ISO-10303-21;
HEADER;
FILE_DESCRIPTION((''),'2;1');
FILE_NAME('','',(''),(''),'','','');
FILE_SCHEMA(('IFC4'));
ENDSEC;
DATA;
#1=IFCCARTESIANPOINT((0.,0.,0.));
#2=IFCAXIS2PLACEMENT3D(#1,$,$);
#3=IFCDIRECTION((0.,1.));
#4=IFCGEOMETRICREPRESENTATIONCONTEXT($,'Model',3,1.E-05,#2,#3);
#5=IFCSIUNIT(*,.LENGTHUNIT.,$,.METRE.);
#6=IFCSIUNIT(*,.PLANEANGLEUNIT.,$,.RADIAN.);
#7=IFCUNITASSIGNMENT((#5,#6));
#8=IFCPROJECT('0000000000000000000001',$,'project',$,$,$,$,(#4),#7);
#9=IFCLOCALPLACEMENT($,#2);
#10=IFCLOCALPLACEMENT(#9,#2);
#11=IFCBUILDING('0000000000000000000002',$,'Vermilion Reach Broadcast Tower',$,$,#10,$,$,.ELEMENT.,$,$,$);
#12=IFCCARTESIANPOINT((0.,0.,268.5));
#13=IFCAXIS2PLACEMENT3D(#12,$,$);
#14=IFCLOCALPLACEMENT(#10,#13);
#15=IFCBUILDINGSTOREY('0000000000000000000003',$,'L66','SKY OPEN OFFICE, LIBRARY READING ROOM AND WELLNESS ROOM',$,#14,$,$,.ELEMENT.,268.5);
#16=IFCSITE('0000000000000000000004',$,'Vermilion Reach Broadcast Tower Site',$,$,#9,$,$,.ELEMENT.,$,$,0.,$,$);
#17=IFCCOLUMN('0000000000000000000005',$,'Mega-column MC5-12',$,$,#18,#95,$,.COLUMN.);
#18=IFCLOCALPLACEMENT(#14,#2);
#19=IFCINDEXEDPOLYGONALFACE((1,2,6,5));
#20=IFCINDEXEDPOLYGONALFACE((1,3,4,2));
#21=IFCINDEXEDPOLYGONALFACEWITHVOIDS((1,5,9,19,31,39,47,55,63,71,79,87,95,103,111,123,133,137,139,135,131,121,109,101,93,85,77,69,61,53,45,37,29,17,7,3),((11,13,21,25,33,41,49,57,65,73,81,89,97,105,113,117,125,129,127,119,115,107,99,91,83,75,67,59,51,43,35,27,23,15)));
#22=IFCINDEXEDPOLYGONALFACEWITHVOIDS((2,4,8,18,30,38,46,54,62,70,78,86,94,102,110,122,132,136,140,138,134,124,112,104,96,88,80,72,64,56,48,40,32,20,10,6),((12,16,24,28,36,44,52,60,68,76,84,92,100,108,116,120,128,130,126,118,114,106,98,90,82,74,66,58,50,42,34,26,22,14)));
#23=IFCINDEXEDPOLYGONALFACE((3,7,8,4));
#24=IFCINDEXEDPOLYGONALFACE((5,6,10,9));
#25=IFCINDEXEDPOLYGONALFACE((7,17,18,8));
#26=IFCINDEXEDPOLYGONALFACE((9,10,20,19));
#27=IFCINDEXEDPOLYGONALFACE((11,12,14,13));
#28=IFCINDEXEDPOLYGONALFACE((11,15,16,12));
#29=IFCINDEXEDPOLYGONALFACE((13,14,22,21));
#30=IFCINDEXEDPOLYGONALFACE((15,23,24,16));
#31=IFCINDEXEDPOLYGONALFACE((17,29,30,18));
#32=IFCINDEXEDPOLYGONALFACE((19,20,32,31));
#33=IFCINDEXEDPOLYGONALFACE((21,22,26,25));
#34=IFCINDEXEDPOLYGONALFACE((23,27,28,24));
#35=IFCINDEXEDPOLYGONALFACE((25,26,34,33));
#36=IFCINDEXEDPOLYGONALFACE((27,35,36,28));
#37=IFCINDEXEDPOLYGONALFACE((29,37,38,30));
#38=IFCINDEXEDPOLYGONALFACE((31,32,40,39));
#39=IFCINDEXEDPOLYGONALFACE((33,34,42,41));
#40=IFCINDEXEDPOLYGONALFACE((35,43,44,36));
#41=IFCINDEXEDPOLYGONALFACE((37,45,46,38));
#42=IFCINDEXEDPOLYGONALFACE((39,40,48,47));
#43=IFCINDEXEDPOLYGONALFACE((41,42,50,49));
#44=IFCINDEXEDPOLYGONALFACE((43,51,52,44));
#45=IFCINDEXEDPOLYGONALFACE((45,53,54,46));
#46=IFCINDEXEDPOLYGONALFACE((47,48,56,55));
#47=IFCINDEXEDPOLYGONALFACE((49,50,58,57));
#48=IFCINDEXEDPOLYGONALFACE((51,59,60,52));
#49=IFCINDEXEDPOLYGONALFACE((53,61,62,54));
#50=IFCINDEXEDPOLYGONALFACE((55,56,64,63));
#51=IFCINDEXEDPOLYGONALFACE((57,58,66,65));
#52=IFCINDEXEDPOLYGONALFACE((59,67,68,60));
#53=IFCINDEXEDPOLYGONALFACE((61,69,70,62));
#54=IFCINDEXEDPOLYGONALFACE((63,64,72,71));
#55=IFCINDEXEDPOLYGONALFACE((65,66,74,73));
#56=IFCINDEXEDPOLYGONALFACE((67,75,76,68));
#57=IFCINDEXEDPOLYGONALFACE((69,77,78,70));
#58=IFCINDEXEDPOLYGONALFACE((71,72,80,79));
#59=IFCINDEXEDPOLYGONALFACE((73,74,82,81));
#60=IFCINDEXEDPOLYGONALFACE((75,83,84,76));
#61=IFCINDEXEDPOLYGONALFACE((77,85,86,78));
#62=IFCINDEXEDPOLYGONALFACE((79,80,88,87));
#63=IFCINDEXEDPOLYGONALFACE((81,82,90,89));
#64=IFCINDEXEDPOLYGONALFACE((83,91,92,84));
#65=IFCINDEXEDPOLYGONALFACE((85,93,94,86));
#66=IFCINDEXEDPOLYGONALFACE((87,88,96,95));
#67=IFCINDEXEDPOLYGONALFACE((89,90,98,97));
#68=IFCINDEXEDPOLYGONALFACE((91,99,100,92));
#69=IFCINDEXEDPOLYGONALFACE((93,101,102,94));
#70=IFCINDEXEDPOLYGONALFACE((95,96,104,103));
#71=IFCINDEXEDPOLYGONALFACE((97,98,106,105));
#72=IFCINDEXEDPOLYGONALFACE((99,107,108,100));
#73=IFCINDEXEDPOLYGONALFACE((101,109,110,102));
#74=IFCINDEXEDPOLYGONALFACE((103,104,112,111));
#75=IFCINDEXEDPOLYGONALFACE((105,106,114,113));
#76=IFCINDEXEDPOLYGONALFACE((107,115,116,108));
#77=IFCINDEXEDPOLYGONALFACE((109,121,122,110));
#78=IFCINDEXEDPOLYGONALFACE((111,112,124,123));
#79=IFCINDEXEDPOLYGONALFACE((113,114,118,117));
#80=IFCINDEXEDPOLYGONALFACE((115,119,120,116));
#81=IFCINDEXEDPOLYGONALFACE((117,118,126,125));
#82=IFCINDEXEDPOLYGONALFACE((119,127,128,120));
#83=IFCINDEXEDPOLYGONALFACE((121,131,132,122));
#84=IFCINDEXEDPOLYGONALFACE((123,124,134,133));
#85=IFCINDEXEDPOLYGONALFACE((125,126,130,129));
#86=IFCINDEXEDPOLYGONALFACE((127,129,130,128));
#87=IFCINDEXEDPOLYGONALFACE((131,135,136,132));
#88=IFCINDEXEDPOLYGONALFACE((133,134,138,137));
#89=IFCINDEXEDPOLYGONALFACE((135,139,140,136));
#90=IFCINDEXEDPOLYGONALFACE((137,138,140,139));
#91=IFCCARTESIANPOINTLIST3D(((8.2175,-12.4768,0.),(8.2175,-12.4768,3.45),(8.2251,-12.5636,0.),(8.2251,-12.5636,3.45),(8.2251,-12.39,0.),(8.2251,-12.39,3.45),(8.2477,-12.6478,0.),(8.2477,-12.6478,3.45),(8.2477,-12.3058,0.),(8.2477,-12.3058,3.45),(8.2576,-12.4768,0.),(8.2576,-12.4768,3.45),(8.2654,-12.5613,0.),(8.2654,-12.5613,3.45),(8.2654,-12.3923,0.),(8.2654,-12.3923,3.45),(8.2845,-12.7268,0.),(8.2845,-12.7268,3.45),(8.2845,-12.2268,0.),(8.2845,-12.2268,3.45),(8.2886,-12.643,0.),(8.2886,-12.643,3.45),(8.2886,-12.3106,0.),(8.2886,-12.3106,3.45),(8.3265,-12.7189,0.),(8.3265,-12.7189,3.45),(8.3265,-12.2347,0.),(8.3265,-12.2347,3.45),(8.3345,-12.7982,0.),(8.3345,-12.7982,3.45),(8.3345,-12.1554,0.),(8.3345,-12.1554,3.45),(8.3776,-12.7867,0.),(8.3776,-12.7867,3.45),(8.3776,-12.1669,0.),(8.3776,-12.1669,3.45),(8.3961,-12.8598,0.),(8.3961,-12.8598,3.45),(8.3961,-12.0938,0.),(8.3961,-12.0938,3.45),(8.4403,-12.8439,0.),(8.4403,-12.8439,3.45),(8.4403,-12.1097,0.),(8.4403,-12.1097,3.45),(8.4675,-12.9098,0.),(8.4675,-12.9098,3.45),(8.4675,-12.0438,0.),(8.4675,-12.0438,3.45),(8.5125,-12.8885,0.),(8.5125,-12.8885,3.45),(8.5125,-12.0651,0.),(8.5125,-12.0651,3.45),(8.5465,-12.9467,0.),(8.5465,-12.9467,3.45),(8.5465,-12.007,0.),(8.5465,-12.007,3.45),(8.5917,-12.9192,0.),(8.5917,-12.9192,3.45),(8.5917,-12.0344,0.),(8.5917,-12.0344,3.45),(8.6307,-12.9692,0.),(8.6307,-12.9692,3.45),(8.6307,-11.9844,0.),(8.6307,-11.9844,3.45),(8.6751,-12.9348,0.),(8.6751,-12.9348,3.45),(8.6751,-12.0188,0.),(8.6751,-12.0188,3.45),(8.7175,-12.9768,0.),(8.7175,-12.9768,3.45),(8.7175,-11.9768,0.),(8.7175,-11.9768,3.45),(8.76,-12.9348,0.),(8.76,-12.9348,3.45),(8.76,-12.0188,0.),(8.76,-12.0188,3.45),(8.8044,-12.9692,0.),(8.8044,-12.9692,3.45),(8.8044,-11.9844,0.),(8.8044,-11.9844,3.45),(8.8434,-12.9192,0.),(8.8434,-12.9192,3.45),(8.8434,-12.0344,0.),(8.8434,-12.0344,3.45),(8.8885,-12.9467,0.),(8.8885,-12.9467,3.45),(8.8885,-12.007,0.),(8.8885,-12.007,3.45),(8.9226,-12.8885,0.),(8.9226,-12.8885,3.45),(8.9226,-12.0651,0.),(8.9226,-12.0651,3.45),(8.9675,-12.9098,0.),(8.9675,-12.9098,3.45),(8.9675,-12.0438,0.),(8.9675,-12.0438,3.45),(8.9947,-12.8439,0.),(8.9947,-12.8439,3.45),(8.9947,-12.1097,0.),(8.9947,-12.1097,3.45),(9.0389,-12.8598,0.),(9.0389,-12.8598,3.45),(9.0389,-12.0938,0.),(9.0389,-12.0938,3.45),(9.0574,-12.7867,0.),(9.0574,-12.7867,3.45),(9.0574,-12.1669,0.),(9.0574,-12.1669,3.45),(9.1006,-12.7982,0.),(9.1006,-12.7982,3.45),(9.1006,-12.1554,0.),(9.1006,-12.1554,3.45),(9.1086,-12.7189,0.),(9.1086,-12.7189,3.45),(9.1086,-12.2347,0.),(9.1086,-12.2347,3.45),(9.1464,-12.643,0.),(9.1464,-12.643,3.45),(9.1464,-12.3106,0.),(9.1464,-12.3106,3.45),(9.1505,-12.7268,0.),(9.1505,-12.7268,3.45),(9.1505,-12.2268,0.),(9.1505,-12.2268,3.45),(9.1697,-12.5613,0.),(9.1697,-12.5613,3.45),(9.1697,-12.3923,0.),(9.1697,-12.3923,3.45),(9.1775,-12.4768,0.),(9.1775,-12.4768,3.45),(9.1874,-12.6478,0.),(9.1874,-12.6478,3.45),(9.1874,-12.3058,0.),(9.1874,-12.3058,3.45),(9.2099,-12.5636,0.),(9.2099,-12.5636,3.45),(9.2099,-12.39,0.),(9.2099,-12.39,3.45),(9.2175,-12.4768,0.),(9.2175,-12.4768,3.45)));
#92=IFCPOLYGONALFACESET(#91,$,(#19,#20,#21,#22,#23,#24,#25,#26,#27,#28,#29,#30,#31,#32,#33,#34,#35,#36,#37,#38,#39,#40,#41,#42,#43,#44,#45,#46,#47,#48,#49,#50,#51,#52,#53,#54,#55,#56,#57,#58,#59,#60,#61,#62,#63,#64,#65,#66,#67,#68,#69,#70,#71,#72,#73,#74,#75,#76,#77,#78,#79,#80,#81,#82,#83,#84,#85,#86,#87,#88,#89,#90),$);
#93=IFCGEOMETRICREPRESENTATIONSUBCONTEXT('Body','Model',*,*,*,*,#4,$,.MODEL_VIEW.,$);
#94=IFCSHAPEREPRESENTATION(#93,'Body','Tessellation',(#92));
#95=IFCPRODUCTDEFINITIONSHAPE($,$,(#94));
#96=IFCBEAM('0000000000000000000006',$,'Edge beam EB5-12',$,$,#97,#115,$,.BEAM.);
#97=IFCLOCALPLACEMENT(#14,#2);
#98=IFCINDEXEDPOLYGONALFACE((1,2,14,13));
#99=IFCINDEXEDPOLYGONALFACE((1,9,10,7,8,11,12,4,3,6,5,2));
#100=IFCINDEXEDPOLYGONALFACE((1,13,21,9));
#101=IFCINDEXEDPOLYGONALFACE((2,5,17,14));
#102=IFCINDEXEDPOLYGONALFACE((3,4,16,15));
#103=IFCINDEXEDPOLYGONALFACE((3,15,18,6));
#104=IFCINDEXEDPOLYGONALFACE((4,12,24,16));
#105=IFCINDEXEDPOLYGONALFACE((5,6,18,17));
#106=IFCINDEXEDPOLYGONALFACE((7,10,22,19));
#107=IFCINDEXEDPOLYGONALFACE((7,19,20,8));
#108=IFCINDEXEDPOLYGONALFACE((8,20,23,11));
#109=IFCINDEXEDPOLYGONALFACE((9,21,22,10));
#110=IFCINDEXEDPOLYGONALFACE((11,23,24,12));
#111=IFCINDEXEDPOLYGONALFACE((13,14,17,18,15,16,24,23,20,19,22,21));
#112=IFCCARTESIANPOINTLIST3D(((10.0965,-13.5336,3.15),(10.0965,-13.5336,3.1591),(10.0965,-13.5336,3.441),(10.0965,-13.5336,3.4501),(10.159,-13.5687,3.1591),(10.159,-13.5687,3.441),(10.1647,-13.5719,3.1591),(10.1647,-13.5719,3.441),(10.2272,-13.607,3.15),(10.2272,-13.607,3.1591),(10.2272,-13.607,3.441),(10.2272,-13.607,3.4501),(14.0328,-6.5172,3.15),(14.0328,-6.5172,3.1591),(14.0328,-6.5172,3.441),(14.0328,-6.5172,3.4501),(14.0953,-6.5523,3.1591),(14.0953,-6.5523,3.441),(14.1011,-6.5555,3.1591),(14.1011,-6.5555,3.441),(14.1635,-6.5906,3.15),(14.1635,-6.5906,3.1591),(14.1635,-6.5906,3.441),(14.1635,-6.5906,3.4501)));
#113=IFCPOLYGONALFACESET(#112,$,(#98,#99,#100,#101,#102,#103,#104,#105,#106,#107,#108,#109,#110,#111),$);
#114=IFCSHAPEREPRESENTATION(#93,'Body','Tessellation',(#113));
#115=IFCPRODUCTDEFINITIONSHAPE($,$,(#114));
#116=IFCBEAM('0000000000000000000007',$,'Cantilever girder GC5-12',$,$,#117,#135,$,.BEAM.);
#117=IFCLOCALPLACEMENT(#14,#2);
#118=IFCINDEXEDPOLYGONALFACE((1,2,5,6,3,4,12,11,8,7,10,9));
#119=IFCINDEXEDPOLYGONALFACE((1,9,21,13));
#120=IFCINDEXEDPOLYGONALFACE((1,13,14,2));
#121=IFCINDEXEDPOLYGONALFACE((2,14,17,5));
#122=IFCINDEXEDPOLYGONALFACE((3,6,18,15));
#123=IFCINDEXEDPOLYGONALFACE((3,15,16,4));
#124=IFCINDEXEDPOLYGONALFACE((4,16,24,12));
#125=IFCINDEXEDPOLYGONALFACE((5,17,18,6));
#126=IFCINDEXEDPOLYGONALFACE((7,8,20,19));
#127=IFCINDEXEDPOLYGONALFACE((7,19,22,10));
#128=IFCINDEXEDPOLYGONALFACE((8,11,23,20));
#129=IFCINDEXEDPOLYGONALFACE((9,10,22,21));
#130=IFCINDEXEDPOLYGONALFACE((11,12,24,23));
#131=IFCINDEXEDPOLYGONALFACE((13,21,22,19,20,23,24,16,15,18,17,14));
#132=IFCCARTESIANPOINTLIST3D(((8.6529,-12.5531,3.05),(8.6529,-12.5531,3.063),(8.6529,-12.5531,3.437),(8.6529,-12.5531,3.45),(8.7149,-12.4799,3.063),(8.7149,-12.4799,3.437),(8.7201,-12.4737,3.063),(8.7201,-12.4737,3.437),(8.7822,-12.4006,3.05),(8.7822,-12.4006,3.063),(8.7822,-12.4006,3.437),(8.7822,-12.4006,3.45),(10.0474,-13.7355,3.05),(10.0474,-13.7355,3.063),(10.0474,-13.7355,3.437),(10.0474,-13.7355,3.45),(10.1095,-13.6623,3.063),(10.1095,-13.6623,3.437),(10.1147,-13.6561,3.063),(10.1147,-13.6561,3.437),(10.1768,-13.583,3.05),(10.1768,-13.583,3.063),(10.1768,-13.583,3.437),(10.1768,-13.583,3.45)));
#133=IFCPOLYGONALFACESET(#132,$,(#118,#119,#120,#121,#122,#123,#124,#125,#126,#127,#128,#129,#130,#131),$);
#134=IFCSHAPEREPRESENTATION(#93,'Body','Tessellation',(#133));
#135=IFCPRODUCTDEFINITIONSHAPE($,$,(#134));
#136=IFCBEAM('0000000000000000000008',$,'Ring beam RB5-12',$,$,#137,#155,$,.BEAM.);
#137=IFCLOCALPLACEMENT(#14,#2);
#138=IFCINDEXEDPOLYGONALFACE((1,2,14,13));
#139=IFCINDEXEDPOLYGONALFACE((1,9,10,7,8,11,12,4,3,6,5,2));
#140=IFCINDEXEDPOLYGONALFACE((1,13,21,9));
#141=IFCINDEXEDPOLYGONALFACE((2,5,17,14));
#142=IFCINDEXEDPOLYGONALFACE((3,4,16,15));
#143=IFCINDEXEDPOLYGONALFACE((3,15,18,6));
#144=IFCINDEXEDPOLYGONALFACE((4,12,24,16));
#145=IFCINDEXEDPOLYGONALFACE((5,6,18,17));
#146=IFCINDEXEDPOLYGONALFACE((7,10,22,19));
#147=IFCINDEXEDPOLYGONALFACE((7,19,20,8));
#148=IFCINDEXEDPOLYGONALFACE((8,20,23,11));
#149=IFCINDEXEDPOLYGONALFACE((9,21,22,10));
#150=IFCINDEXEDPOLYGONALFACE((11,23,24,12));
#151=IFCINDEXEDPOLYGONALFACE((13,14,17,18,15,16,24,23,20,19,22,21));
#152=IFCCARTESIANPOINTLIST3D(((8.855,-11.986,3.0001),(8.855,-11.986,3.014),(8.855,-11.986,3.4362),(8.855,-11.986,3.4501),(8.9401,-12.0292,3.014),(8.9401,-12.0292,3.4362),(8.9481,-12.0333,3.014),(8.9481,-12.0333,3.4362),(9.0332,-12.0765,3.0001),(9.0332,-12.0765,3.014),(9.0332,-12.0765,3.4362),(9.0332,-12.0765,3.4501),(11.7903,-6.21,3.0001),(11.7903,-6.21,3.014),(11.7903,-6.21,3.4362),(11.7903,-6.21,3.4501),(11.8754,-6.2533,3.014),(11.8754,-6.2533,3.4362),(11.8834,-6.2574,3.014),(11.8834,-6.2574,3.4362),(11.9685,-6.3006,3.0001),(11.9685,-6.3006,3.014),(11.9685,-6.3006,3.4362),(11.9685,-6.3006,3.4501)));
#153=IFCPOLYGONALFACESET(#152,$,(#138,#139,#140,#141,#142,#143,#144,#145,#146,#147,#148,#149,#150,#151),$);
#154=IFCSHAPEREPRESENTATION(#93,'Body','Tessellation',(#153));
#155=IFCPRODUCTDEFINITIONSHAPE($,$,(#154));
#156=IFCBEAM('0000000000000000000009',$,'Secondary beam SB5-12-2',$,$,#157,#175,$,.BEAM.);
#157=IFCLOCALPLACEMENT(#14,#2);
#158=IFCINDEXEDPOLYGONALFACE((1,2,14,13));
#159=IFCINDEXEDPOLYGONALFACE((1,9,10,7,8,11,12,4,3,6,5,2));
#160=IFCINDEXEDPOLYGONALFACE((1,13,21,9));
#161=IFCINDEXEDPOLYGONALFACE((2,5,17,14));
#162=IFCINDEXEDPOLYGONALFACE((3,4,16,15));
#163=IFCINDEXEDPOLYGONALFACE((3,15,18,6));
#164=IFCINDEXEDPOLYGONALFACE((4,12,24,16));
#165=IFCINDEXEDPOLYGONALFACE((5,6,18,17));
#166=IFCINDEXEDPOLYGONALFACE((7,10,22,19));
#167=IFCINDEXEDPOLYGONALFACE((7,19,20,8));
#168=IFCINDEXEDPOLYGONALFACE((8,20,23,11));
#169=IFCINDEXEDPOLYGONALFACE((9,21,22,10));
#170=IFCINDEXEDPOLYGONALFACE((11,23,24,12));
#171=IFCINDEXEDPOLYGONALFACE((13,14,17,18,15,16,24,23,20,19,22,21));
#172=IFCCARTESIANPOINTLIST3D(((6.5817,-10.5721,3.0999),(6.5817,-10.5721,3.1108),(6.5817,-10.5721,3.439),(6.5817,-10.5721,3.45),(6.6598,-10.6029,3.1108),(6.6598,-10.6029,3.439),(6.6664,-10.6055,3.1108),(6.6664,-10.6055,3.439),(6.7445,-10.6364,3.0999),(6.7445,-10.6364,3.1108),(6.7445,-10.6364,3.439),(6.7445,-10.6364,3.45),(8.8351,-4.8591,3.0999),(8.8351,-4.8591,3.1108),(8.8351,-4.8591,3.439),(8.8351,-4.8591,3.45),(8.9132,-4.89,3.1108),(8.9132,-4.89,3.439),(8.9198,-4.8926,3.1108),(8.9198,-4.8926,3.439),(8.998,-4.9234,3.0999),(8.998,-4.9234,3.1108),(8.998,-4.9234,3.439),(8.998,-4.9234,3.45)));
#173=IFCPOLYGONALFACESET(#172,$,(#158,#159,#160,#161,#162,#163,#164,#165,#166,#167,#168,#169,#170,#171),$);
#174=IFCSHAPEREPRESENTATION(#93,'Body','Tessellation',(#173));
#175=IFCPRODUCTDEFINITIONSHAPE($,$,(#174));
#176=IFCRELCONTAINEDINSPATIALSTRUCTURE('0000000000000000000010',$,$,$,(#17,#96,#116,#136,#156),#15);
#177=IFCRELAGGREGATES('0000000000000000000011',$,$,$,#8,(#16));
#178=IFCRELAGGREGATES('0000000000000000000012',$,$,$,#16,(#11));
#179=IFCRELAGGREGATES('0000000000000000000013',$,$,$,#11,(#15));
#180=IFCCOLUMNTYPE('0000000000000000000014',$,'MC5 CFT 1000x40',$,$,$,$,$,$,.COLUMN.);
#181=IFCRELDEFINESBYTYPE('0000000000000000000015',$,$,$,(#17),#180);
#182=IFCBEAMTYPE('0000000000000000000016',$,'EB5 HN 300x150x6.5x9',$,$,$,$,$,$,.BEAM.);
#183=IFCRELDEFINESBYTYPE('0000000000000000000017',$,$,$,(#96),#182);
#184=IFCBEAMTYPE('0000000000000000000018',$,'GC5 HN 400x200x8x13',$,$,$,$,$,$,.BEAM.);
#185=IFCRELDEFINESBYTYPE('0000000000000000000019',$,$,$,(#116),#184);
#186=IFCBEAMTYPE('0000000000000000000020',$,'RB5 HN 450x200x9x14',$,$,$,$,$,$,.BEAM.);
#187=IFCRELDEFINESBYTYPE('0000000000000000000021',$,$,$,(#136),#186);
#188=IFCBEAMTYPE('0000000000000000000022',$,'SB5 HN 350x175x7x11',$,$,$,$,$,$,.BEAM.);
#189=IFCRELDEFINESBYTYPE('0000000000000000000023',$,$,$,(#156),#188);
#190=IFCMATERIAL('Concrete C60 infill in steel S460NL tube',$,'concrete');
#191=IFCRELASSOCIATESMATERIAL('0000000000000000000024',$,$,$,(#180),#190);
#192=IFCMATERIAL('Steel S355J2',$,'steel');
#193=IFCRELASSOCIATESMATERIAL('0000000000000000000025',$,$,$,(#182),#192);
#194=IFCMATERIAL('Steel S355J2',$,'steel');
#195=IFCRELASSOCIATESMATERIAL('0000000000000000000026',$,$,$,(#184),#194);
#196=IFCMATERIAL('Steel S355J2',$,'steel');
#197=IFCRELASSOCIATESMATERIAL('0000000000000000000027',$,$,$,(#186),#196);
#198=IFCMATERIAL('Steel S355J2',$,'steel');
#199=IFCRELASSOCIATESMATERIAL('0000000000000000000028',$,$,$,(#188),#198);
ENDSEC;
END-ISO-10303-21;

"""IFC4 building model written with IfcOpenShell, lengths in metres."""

from ifc_helpers import new_model, si_unit, direction, frame, origin, origin_2d, place, context, subcontext, project, spatial, hollow_circle, i_section, extrude, material, material_profile, profile_set, type_object, element, save


model = new_model("IFC4")

# Units and contexts
model_context = context("Model", 3, precision=1e-05, world=origin(), true_north=direction((0.0, 1.0)))
body_context = subcontext(model_context, "Body", "Model", "MODEL_VIEW")
ifc_project = project(units=[si_unit("LENGTHUNIT", "METRE"), si_unit("PLANEANGLEUNIT", "RADIAN")], contexts=[model_context])

# Site, building, storey
site_placement = place(None, origin())
site = spatial("IfcSite", under=ifc_project, at=site_placement, Name="Vermilion Reach Broadcast Tower Site", CompositionType="ELEMENT", RefElevation=0.0)
building_placement = place(site_placement, origin())
building = spatial("IfcBuilding", under=site, at=building_placement, Name="Vermilion Reach Broadcast Tower", CompositionType="ELEMENT")
storey_placement = place(building_placement, frame((0.0, 0.0, 268.5)))
storey = spatial("IfcBuildingStorey", under=building, at=storey_placement, Name="L66", Description="SKY OPEN OFFICE, LIBRARY READING ROOM AND WELLNESS ROOM", CompositionType="ELEMENT", Elevation=268.5)

# Column
ifc_material_1 = material(Name="Concrete C60 infill in steel S460NL tube", Category="concrete")
ifc_material_profile_1 = material_profile(ifc_material_1, hollow_circle(Radius=0.5, WallThickness=0.04, at=origin_2d()), Name="Concrete C60 infill in steel S460NL tube CFT 1000x40")
ifc_profile_set_1 = profile_set([ifc_material_profile_1], Name="Concrete C60 infill in steel S460NL tube")
column_type = type_object("IfcColumnType", Name="MC5 CFT 1000x40", PredefinedType="COLUMN", material=ifc_profile_set_1)
column_placement = place(storey_placement, frame((8.7175, -12.4768, 0.0), z_axis=(0.0, 0.0, 1.0), x_axis=(1.0, 0.0, 0.0)))
element("IfcColumn", 1, at=column_placement, inside=storey, type_object=column_type, Name="Mega-column MC5-12", PredefinedType="COLUMN", context=body_context, shape_type="SweptSolid", body=[
    extrude(hollow_circle(Radius=0.5, WallThickness=0.04, at=origin_2d()), origin(), (0.0, 0.0, 1.0), 3.45),
])

# Beams
ifc_material_2 = material(Name="Steel S355J2", Category="steel")
ifc_material_profile_2 = material_profile(ifc_material_2, i_section(OverallWidth=0.1499, OverallDepth=0.3, WebThickness=0.0066, FlangeThickness=0.009, at=origin_2d()), Name="S355J2 HN 300x150x6.5x9")
ifc_profile_set_2 = profile_set([ifc_material_profile_2], Name="Steel S355J2")
beam_type_1 = type_object("IfcBeamType", Name="EB5 HN 300x150x6.5x9", PredefinedType="BEAM", material=ifc_profile_set_2)
beam_1_placement = place(storey_placement, frame((10.1619, -13.5703, 3.3), z_axis=(0.489277, 0.872129, 0.0), x_axis=(-0.872129, 0.489277, 0.0)))
element("IfcBeam", 2, at=beam_1_placement, inside=storey, type_object=beam_type_1, Name="Edge beam EB5-12", PredefinedType="BEAM", context=body_context, shape_type="SweptSolid", body=[
    extrude(i_section(OverallWidth=0.1499, OverallDepth=0.3, WebThickness=0.0066, FlangeThickness=0.009, at=origin_2d()), origin(), (0.0, 0.0, 1.0), 8.0452),
])
ifc_material_3 = material(Name="Steel S355J2", Category="steel")
ifc_material_profile_3 = material_profile(ifc_material_3, i_section(OverallWidth=0.2, OverallDepth=0.3999, WebThickness=0.0081, FlangeThickness=0.0129, at=origin_2d()), Name="S355J2 HN 400x200x8x13")
ifc_profile_set_3 = profile_set([ifc_material_profile_3], Name="Steel S355J2")
beam_type_2 = type_object("IfcBeamType", Name="GC5 HN 400x200x8x13", PredefinedType="BEAM", material=ifc_profile_set_3)
beam_2_placement = place(storey_placement, frame((8.7175, -12.4768, 3.25), z_axis=(0.762743, -0.646702, 0.0), x_axis=(0.646702, 0.762743, 0.0)))
element("IfcBeam", 3, at=beam_2_placement, inside=storey, type_object=beam_type_2, Name="Cantilever girder GC5-12", PredefinedType="BEAM", context=body_context, shape_type="SweptSolid", body=[
    extrude(i_section(OverallWidth=0.2, OverallDepth=0.3999, WebThickness=0.0081, FlangeThickness=0.0129, at=origin_2d()), origin(), (0.0, 0.0, 1.0), 1.8284),
])
ifc_material_4 = material(Name="Steel S355J2", Category="steel")
ifc_material_profile_4 = material_profile(ifc_material_4, i_section(OverallWidth=0.2, OverallDepth=0.45, WebThickness=0.009, FlangeThickness=0.0139, at=origin_2d()), Name="S355J2 HN 450x200x9x14")
ifc_profile_set_4 = profile_set([ifc_material_profile_4], Name="Steel S355J2")
beam_type_3 = type_object("IfcBeamType", Name="RB5 HN 450x200x9x14", PredefinedType="BEAM", material=ifc_profile_set_4)
beam_3_placement = place(storey_placement, frame((8.9441, -12.0312, 3.2251), z_axis=(0.453052, 0.891484, 0.0), x_axis=(-0.891484, 0.453052, 0.0)))
element("IfcBeam", 4, at=beam_3_placement, inside=storey, type_object=beam_type_3, Name="Ring beam RB5-12", PredefinedType="BEAM", context=body_context, shape_type="SweptSolid", body=[
    extrude(i_section(OverallWidth=0.2, OverallDepth=0.45, WebThickness=0.009, FlangeThickness=0.0139, at=origin_2d()), origin(), (0.0, 0.0, 1.0), 6.479),
])
ifc_material_5 = material(Name="Steel S355J2", Category="steel")
ifc_material_profile_5 = material_profile(ifc_material_5, i_section(OverallWidth=0.175, OverallDepth=0.3501, WebThickness=0.0071, FlangeThickness=0.011, at=origin_2d()), Name="S355J2 HN 350x175x7x11")
ifc_profile_set_5 = profile_set([ifc_material_profile_5], Name="Steel S355J2")
beam_type_4 = type_object("IfcBeamType", Name="SB5 HN 350x175x7x11", PredefinedType="BEAM", material=ifc_profile_set_5)
beam_4_placement = place(storey_placement, frame((6.6631, -10.6042, 3.2749), z_axis=(0.366931, 0.930248, 0.0), x_axis=(-0.930248, 0.366931, 0.0)))
element("IfcBeam", 5, at=beam_4_placement, inside=storey, type_object=beam_type_4, Name="Secondary beam SB5-12-2", PredefinedType="BEAM", context=body_context, shape_type="SweptSolid", body=[
    extrude(i_section(OverallWidth=0.175, OverallDepth=0.3501, WebThickness=0.0071, FlangeThickness=0.011, at=origin_2d()), origin(), (0.0, 0.0, 1.0), 6.1414),
])

save(model, "model.ifc")
